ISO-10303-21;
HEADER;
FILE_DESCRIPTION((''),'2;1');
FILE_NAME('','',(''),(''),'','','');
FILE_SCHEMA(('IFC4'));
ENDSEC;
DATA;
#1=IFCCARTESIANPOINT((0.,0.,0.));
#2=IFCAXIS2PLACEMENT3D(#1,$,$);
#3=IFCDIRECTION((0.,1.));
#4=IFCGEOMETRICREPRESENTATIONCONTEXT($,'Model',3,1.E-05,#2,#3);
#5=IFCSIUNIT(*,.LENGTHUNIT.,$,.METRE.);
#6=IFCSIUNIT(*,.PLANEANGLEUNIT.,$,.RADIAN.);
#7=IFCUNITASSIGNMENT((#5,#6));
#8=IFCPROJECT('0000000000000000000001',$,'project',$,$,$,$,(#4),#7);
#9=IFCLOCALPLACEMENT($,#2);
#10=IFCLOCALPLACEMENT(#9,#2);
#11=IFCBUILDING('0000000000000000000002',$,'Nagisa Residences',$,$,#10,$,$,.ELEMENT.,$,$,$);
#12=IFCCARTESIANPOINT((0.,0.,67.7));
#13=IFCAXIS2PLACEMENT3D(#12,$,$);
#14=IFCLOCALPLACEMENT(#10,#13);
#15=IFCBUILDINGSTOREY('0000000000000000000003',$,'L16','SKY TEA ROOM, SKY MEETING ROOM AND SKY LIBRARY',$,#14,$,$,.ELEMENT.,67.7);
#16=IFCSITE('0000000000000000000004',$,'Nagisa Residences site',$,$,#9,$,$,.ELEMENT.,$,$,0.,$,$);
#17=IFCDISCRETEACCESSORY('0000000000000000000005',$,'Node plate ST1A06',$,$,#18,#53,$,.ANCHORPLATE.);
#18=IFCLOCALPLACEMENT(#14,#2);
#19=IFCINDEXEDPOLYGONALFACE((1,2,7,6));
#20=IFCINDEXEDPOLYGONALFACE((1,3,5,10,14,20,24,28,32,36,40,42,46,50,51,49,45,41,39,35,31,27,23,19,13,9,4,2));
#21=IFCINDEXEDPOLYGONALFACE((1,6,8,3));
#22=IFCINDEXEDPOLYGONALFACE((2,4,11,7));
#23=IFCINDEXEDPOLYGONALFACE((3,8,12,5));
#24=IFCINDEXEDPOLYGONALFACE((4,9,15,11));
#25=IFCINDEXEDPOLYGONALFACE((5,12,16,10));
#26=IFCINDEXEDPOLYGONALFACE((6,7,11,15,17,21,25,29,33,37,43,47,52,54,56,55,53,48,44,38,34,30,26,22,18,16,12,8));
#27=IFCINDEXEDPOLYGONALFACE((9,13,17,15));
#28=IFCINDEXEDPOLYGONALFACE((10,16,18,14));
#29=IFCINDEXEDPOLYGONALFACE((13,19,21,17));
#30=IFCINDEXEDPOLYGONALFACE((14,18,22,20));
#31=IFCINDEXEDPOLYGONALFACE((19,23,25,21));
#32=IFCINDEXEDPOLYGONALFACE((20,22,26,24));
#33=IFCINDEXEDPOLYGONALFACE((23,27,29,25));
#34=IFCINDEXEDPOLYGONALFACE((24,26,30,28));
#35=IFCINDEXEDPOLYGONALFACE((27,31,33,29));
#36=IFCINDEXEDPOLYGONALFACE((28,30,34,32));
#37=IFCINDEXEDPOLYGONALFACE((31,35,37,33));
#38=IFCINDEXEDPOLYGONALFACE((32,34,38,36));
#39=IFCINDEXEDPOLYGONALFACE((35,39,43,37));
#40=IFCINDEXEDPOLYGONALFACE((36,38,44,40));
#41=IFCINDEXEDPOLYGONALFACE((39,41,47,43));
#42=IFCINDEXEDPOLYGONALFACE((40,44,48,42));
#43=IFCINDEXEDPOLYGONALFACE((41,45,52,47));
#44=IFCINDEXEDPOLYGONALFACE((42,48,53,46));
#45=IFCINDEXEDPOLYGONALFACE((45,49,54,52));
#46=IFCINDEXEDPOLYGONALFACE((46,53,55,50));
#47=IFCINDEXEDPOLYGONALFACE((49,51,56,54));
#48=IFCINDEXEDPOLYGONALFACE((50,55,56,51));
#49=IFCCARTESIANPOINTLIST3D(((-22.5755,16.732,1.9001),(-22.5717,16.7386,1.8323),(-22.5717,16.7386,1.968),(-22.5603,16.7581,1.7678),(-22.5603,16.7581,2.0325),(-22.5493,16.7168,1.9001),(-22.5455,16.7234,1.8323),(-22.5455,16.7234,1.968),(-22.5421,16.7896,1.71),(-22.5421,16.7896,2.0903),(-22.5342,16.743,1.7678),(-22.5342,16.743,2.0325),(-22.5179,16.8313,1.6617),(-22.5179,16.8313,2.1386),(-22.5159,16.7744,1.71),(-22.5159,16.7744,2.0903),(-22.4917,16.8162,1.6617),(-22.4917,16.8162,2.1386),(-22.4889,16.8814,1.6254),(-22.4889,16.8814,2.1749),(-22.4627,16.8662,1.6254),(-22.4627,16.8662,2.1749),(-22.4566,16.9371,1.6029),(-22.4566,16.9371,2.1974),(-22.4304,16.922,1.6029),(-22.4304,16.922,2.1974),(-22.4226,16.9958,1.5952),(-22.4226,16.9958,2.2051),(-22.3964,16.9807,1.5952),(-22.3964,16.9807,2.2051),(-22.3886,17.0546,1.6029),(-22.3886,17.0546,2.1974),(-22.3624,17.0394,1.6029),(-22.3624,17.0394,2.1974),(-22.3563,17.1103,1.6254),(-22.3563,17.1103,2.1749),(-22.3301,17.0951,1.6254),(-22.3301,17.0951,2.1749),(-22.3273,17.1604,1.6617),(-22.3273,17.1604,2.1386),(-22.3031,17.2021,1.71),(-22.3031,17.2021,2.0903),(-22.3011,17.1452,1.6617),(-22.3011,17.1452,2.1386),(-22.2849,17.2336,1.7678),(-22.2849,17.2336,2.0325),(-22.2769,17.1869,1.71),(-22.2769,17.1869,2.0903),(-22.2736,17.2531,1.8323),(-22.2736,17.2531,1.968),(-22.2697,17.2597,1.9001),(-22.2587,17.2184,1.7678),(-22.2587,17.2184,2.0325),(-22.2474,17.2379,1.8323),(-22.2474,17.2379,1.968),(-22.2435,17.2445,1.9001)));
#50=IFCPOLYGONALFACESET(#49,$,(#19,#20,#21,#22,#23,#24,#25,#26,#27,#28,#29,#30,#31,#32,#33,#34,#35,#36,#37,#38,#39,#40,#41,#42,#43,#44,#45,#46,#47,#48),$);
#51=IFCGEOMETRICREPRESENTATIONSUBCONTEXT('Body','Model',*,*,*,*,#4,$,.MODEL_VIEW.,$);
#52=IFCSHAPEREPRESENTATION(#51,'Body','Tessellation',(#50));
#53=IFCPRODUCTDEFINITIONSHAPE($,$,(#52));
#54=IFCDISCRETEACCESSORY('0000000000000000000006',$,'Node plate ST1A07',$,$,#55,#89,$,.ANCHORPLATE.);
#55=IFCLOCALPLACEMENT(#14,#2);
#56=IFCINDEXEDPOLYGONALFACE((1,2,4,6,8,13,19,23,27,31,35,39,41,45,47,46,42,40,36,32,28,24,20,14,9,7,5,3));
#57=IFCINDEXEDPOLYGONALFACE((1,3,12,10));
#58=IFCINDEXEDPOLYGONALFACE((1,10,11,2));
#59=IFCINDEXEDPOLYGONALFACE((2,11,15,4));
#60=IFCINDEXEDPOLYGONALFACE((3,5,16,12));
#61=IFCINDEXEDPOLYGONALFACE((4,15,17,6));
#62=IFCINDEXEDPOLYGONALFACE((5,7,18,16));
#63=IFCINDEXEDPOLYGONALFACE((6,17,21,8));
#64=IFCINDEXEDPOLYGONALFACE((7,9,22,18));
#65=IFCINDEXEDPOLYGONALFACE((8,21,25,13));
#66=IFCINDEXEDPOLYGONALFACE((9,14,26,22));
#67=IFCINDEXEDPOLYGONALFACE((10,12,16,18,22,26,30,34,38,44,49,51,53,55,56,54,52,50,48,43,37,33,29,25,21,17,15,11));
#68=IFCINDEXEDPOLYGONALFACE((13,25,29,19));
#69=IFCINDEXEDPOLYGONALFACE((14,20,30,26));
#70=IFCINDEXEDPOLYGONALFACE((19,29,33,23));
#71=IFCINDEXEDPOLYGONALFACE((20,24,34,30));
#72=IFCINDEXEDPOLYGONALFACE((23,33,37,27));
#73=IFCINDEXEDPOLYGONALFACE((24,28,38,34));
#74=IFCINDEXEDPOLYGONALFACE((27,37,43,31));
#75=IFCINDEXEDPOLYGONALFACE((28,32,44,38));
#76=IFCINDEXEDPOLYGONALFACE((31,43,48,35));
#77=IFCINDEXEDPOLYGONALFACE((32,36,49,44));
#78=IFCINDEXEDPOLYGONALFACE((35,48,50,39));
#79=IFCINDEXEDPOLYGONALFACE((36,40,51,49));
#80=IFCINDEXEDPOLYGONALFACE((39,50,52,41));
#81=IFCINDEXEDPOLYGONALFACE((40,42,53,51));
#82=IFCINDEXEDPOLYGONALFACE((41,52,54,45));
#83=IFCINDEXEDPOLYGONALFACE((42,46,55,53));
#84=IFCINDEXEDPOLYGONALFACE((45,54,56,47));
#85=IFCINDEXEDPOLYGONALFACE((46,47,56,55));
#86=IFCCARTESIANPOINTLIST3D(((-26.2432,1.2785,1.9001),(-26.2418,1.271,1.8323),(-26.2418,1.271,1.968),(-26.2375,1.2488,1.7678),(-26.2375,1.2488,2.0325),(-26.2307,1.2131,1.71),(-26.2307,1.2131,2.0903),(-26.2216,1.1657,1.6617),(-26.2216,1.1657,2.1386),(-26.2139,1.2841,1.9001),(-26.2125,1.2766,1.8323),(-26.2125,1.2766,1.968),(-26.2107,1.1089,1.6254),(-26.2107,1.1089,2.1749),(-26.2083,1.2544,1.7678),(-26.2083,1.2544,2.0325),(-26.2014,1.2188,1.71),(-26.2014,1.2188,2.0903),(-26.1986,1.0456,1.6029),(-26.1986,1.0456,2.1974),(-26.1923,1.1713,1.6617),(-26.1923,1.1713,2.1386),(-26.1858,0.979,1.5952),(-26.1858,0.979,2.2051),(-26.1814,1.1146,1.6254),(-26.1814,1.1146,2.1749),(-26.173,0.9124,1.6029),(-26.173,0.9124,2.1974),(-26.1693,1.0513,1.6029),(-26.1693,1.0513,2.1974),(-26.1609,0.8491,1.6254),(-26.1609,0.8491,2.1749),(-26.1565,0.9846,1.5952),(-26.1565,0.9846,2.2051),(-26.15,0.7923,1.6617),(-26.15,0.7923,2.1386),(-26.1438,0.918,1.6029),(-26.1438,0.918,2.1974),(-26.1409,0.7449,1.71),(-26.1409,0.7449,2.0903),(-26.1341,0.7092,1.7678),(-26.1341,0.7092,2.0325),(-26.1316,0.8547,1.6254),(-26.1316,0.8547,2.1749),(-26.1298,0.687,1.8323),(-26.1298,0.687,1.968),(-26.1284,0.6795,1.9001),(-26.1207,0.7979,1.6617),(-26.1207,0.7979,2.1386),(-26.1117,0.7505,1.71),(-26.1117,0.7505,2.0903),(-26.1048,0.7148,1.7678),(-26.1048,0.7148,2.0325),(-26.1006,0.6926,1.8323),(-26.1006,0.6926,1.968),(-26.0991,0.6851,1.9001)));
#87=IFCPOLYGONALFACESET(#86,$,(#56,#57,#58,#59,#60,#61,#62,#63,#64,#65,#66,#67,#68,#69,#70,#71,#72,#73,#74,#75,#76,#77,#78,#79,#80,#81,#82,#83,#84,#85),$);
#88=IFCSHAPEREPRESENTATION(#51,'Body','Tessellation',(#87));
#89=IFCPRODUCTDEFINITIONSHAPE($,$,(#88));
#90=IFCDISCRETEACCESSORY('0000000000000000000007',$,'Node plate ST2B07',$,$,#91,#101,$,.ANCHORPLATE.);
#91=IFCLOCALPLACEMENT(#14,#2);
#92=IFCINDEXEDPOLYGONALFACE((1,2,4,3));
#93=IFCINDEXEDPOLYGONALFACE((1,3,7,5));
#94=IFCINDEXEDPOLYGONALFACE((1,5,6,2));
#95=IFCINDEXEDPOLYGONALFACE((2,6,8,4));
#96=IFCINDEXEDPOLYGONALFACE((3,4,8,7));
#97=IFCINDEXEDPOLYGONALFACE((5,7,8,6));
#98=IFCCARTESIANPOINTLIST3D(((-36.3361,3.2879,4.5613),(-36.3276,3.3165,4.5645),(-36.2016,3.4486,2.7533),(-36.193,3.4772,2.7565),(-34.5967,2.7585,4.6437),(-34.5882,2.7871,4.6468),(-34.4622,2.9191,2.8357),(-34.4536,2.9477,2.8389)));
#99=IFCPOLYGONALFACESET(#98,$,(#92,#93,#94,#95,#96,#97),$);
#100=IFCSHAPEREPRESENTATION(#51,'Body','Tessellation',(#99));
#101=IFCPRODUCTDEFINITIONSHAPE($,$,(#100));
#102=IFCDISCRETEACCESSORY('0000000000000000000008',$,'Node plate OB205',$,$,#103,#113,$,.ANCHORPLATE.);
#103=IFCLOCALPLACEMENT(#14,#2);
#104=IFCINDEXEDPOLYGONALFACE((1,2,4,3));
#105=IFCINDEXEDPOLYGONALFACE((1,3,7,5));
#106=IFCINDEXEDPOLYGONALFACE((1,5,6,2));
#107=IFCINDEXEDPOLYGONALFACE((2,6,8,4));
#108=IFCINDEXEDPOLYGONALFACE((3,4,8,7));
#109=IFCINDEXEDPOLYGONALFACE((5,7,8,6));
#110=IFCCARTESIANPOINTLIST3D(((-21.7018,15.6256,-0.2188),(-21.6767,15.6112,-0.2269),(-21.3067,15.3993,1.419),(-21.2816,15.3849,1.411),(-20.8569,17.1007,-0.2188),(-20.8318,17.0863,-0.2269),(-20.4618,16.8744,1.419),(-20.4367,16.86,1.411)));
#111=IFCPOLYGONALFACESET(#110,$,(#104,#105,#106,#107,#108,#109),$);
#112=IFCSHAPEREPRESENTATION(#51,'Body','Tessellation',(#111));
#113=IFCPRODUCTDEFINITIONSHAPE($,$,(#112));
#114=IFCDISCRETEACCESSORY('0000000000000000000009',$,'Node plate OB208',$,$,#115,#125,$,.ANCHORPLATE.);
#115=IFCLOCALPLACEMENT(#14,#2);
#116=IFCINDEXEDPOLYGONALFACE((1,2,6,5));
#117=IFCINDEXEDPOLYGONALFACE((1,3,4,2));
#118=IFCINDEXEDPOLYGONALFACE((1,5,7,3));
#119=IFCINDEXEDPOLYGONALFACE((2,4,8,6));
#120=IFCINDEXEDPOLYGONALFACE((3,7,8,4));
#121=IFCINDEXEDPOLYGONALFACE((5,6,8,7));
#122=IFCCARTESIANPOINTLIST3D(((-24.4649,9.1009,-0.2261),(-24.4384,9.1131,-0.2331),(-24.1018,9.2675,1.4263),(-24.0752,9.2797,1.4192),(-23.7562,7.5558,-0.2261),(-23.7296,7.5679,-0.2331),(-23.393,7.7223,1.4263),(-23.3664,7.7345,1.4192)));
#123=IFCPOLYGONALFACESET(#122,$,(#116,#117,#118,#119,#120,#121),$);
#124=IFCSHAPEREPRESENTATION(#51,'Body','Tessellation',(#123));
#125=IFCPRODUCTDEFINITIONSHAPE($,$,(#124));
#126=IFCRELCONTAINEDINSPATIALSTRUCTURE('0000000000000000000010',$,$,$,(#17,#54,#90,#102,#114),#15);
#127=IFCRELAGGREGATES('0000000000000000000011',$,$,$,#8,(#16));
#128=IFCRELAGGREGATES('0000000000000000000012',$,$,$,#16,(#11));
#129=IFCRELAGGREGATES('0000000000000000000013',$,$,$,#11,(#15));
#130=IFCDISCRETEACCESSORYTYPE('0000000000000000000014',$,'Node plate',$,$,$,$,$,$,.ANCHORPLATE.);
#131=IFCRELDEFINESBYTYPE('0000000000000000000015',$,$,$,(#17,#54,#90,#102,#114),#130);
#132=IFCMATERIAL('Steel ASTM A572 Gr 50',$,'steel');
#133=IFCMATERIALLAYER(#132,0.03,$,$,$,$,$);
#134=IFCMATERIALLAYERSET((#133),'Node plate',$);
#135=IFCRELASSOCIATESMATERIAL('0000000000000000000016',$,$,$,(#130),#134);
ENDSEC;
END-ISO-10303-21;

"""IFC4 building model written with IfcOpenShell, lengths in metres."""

from ifc_helpers import new_model, si_unit, direction, frame, origin, origin_2d, place, context, subcontext, project, spatial, rectangle, circle, extrude, material, layer, layer_set, type_object, element, save


model = new_model("IFC4")

# Units and contexts
model_context = context("Model", 3, precision=1e-05, world=origin(), true_north=direction((0.0, 1.0)))
body_context = subcontext(model_context, "Body", "Model", "MODEL_VIEW")
ifc_project = project(units=[si_unit("LENGTHUNIT", "METRE"), si_unit("PLANEANGLEUNIT", "RADIAN")], contexts=[model_context])

# Site, building, storey
site_placement = place(None, origin())
site = spatial("IfcSite", under=ifc_project, at=site_placement, Name="Nagisa Residences site", CompositionType="ELEMENT", RefElevation=0.0)
building_placement = place(site_placement, origin())
building = spatial("IfcBuilding", under=site, at=building_placement, Name="Nagisa Residences", CompositionType="ELEMENT")
storey_placement = place(building_placement, frame((0.0, 0.0, 67.7)))
storey = spatial("IfcBuildingStorey", under=building, at=storey_placement, Name="L16", Description="SKY TEA ROOM, SKY MEETING ROOM AND SKY LIBRARY", CompositionType="ELEMENT", Elevation=67.7)

# Discrete accessories
ifc_material_1 = material(Name="Steel ASTM A572 Gr 50", Category="steel")
ifc_layer = layer(ifc_material_1, 0.03)
ifc_layer_set = layer_set([ifc_layer], Name="Node plate")
discrete_accessory_type = type_object("IfcDiscreteAccessoryType", Name="Node plate", PredefinedType="ANCHORPLATE", material=ifc_layer_set)
discrete_accessory_1_placement = place(storey_placement, frame((-22.4226, 16.9958, 1.9001), z_axis=(0.865242, -0.501355, 0.0), x_axis=(0.501355, 0.865242, 0.0)))
element("IfcDiscreteAccessory", 1, at=discrete_accessory_1_placement, inside=storey, type_object=discrete_accessory_type, Name="Node plate ST1A06", PredefinedType="ANCHORPLATE", context=body_context, shape_type="SweptSolid", body=[
    extrude(circle(Radius=0.3049, at=origin_2d()), origin(), (0.0, 0.0, 1.0), 0.0303),
])
discrete_accessory_2_placement = place(storey_placement, frame((-26.1858, 0.979, 1.9001), z_axis=(0.982123, 0.18824, 0.0), x_axis=(-0.18824, 0.982123, 0.0)))
element("IfcDiscreteAccessory", 2, at=discrete_accessory_2_placement, inside=storey, type_object=discrete_accessory_type, Name="Node plate ST1A07", PredefinedType="ANCHORPLATE", context=body_context, shape_type="SweptSolid", body=[
    extrude(circle(Radius=0.3049, at=origin_2d()), origin(), (0.0, 0.0, 1.0), 0.0298),
])
discrete_accessory_3_placement = place(storey_placement, frame((-35.3992, 3.1035, 3.6985), z_axis=(0.284986, 0.952669, 0.105852), x_axis=(0.955677, -0.290916, 0.04527)))
element("IfcDiscreteAccessory", 3, at=discrete_accessory_3_placement, inside=storey, type_object=discrete_accessory_type, Name="Node plate ST2B07", PredefinedType="ANCHORPLATE", context=body_context, shape_type="SweptSolid", body=[
    extrude(rectangle(XDim=1.8201, YDim=1.8201, at=origin_2d()), origin(), (0.0, 0.0, 1.0), 0.03),
])
for number, where, z_axis, x_axis, name in (
    (4, (-21.0818, 16.25, 0.6001), (0.836018, -0.478884, -0.26785), (0.497046, 0.867724, 0.0), "Node plate OB205"),
    (5, (-23.929, 8.4116, 0.6001), (0.883468, 0.40526, -0.235051), (-0.416942, 0.908933, 0.0), "Node plate OB208"),
):
    element("IfcDiscreteAccessory", number, at=place(storey_placement, frame(where, z_axis=z_axis, x_axis=x_axis)), inside=storey, type_object=discrete_accessory_type, Name=name, PredefinedType="ANCHORPLATE", context=body_context, shape_type="SweptSolid", body=[
        extrude(rectangle(XDim=1.7, YDim=1.7, at=origin_2d()), origin(), (0.0, 0.0, 1.0), 0.03),
    ])

save(model, "model.ifc")
